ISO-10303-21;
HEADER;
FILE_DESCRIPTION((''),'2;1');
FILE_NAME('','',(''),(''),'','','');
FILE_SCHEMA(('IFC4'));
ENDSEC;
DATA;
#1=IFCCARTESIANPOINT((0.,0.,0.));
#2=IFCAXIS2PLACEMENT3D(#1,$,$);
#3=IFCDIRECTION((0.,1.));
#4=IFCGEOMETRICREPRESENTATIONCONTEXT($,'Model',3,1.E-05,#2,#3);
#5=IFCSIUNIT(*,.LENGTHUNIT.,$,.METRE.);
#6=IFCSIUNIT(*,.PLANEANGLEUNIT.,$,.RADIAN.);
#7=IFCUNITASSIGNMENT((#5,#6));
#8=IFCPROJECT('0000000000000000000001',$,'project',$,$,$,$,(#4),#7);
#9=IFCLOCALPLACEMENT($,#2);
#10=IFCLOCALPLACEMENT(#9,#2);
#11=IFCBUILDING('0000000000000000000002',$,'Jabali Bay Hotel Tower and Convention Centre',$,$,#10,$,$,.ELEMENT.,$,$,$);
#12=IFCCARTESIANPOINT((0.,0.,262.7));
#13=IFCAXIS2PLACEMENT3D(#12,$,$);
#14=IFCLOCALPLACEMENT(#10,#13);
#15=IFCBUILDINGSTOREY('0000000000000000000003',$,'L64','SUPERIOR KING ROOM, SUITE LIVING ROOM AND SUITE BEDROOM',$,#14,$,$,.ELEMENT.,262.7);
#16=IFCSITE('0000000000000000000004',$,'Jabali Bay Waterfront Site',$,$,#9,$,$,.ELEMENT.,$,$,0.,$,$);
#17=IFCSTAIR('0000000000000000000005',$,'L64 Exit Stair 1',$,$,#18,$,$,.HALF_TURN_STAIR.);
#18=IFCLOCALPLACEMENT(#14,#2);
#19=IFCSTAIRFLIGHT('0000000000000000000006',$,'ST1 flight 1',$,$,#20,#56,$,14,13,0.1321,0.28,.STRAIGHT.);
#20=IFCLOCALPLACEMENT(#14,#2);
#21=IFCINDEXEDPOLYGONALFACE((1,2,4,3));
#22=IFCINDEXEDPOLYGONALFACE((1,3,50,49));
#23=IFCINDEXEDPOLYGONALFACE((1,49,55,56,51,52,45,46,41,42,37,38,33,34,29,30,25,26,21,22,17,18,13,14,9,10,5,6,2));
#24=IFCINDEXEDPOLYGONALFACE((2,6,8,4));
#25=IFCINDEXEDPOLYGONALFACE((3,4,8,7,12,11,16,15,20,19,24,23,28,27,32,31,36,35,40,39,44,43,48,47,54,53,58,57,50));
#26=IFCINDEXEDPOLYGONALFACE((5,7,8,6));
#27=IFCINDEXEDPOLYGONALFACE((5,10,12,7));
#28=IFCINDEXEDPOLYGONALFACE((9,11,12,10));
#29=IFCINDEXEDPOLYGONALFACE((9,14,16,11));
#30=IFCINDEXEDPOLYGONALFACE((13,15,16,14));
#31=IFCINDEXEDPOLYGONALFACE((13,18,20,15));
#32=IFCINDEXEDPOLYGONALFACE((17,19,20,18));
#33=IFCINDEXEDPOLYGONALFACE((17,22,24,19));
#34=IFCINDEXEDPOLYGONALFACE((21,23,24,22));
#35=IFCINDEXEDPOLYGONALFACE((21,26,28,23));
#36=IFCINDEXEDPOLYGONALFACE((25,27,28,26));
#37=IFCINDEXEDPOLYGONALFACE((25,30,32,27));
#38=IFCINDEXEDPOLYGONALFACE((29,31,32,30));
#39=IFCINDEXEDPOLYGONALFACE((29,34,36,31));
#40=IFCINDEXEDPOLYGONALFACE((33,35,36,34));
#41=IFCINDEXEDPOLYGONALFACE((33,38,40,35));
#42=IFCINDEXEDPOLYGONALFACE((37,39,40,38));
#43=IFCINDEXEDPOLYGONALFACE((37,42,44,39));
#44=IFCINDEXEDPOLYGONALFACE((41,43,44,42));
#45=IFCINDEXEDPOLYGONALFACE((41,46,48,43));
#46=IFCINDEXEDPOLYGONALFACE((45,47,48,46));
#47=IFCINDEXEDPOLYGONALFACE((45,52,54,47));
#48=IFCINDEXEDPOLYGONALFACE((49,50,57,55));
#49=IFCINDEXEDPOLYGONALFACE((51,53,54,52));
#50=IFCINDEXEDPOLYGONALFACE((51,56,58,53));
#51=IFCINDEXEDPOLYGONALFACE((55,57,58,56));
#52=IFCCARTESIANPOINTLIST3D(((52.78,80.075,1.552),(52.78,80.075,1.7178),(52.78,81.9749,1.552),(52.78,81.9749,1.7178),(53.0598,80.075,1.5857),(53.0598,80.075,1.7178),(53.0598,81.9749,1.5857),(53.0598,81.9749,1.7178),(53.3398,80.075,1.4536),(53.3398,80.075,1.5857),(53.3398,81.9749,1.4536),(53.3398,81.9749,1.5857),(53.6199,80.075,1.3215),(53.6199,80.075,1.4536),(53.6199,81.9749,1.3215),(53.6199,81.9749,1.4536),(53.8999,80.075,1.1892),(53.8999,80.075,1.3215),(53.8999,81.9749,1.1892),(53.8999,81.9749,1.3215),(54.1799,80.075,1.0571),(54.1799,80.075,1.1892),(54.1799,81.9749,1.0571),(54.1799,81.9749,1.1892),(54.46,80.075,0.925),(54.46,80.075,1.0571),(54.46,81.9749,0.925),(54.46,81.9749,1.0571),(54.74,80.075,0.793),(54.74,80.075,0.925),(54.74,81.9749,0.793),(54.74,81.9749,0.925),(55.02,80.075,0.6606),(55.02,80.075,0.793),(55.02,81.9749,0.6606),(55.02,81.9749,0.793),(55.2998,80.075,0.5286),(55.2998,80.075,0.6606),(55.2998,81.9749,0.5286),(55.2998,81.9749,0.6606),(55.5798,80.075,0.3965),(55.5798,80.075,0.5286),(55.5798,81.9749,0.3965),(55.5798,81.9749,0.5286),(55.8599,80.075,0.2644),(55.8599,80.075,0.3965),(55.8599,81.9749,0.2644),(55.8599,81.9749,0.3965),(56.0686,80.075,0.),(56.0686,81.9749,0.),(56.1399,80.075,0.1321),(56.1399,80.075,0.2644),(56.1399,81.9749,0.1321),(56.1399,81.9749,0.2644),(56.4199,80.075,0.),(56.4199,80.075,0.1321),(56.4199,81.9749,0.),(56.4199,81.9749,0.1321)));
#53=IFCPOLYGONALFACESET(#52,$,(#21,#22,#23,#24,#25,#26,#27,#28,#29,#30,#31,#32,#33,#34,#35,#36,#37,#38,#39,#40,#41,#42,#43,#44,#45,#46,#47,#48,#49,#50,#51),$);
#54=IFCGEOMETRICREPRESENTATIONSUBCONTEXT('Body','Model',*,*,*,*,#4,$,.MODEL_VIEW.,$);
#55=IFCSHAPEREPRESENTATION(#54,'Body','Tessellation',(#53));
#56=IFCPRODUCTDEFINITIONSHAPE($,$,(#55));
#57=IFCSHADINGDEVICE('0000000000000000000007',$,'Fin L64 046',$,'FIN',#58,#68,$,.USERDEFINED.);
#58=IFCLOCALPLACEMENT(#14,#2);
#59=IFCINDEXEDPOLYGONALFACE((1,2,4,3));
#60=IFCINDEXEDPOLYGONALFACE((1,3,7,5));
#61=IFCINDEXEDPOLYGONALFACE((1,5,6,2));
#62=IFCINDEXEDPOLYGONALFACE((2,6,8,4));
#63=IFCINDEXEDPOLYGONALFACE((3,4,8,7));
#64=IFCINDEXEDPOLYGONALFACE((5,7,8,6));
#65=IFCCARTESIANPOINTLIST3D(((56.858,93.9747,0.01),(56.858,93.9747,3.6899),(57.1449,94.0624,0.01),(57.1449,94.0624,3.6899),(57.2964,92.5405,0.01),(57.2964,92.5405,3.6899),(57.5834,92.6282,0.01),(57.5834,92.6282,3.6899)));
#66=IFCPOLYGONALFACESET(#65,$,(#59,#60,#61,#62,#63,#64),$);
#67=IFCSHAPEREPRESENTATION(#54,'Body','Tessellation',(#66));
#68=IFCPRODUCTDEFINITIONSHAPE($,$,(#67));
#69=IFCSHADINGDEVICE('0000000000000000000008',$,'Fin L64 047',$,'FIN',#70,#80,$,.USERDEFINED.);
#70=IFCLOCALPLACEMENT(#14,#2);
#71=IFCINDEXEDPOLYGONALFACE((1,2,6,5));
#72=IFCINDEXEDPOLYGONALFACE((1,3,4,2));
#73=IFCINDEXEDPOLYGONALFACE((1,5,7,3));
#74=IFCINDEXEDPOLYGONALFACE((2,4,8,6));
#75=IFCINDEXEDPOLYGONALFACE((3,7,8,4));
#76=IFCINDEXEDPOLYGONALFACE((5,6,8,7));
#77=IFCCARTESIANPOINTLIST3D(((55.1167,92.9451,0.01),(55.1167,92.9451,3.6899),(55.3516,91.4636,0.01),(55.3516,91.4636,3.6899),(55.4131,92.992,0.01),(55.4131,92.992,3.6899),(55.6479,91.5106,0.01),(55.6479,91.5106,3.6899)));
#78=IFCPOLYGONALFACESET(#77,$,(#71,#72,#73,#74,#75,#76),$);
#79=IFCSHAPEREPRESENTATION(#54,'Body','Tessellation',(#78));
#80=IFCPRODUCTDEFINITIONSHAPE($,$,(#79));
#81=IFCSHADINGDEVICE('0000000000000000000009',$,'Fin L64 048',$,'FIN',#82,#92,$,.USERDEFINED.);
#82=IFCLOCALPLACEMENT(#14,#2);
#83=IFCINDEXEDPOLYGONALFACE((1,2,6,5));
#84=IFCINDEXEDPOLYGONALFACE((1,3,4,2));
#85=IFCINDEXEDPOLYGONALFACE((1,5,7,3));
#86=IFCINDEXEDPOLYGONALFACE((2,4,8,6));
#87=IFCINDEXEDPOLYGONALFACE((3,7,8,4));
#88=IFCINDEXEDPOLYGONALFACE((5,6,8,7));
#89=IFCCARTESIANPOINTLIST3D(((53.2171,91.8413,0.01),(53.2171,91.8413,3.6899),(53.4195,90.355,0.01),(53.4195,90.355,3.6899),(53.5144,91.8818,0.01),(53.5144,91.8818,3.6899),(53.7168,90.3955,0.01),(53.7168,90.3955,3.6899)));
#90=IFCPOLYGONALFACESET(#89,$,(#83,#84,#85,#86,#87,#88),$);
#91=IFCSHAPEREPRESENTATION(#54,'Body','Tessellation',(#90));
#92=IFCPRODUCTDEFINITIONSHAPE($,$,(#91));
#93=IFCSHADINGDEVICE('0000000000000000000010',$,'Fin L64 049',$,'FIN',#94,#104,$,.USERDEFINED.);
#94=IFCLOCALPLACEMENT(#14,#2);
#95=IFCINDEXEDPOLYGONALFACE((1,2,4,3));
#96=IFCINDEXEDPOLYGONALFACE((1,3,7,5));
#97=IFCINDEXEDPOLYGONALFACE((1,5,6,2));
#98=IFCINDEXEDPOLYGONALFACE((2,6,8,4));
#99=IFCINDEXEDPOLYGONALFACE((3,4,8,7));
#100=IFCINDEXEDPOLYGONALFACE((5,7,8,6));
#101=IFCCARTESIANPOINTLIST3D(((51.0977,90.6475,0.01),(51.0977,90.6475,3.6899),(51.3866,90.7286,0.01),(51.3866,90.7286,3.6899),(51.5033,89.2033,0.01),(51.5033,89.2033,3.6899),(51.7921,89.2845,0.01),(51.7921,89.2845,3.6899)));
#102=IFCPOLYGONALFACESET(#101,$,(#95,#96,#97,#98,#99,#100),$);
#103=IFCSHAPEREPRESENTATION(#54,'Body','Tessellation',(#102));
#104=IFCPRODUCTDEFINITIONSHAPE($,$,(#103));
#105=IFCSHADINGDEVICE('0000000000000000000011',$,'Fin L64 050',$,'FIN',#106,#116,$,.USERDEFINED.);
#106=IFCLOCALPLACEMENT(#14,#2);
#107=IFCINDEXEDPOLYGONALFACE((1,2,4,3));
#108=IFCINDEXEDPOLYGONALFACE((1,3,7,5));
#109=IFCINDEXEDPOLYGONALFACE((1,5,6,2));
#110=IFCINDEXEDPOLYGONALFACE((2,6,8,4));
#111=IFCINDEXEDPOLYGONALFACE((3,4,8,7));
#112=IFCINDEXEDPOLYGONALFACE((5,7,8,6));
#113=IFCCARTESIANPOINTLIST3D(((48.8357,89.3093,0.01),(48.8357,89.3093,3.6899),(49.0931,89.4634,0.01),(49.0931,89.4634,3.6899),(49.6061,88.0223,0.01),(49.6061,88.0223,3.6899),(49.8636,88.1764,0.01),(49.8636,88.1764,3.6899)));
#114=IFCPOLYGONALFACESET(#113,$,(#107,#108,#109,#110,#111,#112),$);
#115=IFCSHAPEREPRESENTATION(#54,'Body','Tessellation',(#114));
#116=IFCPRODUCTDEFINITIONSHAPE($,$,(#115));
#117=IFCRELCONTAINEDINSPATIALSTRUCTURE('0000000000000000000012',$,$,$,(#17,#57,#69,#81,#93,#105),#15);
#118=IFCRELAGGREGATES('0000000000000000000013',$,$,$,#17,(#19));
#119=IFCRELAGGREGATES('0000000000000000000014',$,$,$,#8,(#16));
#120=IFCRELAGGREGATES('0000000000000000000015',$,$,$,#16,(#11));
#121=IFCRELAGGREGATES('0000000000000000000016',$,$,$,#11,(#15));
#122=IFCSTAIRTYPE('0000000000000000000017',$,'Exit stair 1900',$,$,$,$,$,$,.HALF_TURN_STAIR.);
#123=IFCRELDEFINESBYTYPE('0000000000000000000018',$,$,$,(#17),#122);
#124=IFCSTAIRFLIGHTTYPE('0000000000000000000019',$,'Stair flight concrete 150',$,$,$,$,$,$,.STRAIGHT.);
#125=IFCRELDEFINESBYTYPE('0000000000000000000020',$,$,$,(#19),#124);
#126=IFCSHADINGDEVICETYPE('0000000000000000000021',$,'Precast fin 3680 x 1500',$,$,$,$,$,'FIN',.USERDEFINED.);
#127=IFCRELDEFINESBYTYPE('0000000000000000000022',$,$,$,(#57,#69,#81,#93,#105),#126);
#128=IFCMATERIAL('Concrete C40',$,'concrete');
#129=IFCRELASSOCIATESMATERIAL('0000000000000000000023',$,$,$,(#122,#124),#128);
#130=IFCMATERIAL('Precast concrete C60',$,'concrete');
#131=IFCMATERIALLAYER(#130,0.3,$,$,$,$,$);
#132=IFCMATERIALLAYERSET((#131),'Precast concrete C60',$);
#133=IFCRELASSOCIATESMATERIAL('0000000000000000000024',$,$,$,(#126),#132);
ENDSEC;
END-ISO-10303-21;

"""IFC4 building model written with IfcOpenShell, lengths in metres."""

from ifc_helpers import new_model, si_unit, direction, frame, frame_2d, origin, place, context, subcontext, project, spatial, polyline, rectangle, outline, extrude, material, layer, layer_set, type_object, element, aggregate, save


model = new_model("IFC4")

# Units and contexts
model_context = context("Model", 3, precision=1e-05, world=origin(), true_north=direction((0.0, 1.0)))
body_context = subcontext(model_context, "Body", "Model", "MODEL_VIEW")
ifc_project = project(units=[si_unit("LENGTHUNIT", "METRE"), si_unit("PLANEANGLEUNIT", "RADIAN")], contexts=[model_context])

# Site, building, storey
site_placement = place(None, origin())
site = spatial("IfcSite", under=ifc_project, at=site_placement, Name="Jabali Bay Waterfront Site", CompositionType="ELEMENT", RefElevation=0.0)
building_placement = place(site_placement, origin())
building = spatial("IfcBuilding", under=site, at=building_placement, Name="Jabali Bay Hotel Tower and Convention Centre", CompositionType="ELEMENT")
storey_placement = place(building_placement, frame((0.0, 0.0, 262.7)))
storey = spatial("IfcBuildingStorey", under=building, at=storey_placement, Name="L64", Description="SUPERIOR KING ROOM, SUITE LIVING ROOM AND SUITE BEDROOM", CompositionType="ELEMENT", Elevation=262.7)

# Shared definitions
ifc_material_1 = material(Name="Concrete C40", Category="concrete")

# Stair, stair flight
stair_type = type_object("IfcStairType", Name="Exit stair 1900", PredefinedType="HALF_TURN_STAIR", material=ifc_material_1)
stair_placement = place(storey_placement, origin())
stair = element("IfcStair", 1, at=stair_placement, inside=storey, type_object=stair_type, Name="L64 Exit Stair 1", PredefinedType="HALF_TURN_STAIR")
stair_flight_type = type_object("IfcStairFlightType", Name="Stair flight concrete 150", PredefinedType="STRAIGHT", material=ifc_material_1)
stair_flight_placement = place(storey_placement, frame((56.4199, 81.0249, 0.0), z_axis=(0.0, 0.0, 1.0), x_axis=(-1.0, 0.0, 0.0)))
stair_flight = element("IfcStairFlight", 2, at=stair_flight_placement, type_object=stair_flight_type, Name="ST1 flight 1", NumberOfRisers=14, NumberOfTreads=13, PredefinedType="STRAIGHT", RiserHeight=0.1321, TreadLength=0.28, context=body_context, shape_type="SweptSolid", body=[
    extrude(outline(polyline([(0.0, 0.0), (0.0, 0.1321), (0.28, 0.1321), (0.28, 0.2644), (0.5601, 0.2644), (0.5601, 0.3965), (0.8401, 0.3965), (0.8401, 0.5286), (1.1201, 0.5286), (1.1201, 0.6606), (1.3999, 0.6606), (1.3999, 0.793), (1.6799, 0.793), (1.6799, 0.925), (1.96, 0.925), (1.96, 1.0571), (2.24, 1.0571), (2.24, 1.1892), (2.52, 1.1892), (2.52, 1.3215), (2.8, 1.3215), (2.8, 1.4536), (3.0801, 1.4536), (3.0801, 1.5857), (3.3601, 1.5857), (3.3601, 1.7178), (3.6399, 1.7178), (3.6399, 1.8501), (3.6399, 1.552), (0.3513, 0.0), (0.0, 0.0)])), frame((0.0, 0.95, 0.0), z_axis=(0.0, -1.0, 0.0), x_axis=(1.0, 0.0, 0.0)), (0.0, 0.0, 1.0), 1.8999),
])
aggregate(stair, [stair_flight])

# Shading devices
ifc_material_2 = material(Name="Precast concrete C60", Category="concrete")
ifc_layer_1 = layer(ifc_material_2, 0.3)
ifc_layer_set_1 = layer_set([ifc_layer_1], Name="Precast concrete C60")
shading_device_type = type_object("IfcShadingDeviceType", Name="Precast fin 3680 x 1500", ElementType="FIN", PredefinedType="USERDEFINED", material=ifc_layer_set_1)
shading_device_placement = place(storey_placement, frame((57.4399, 92.5842, 0.01), z_axis=(0.0, 0.0, 1.0), x_axis=(-0.292347, 0.956312, 0.0)))
element("IfcShadingDevice", 3, at=shading_device_placement, inside=storey, type_object=shading_device_type, Name="Fin L64 046", ObjectType="FIN", PredefinedType="USERDEFINED", context=body_context, shape_type="SweptSolid", body=[
    extrude(rectangle(XDim=1.4998, YDim=0.3, at=frame_2d((0.75, 0.0))), origin(), (0.0, 0.0, 1.0), 3.6799),
])
for number, where, z_axis, x_axis, name in (
    (4, (55.4998, 91.4871, 0.01), (0.0, 0.0, 1.0), (-0.156581, 0.987665, 0.0), "Fin L64 047"),
    (5, (53.5681, 90.3752, 0.01), (0.0, 0.0, 1.0), (-0.134924, 0.990856, 0.0), "Fin L64 048"),
    (6, (51.6477, 89.2439, 0.01), (0.0, 0.0, 1.0), (-0.270354, 0.962761, 0.0), "Fin L64 049"),
    (7, (49.7349, 88.0994, 0.01), (0.0, 0.0, 1.0), (-0.513634, 0.858009, 0.0), "Fin L64 050"),
):
    element("IfcShadingDevice", number, at=place(storey_placement, frame(where, z_axis=z_axis, x_axis=x_axis)), inside=storey, type_object=shading_device_type, Name=name, ObjectType="FIN", PredefinedType="USERDEFINED", context=body_context, shape_type="SweptSolid", body=[
        extrude(rectangle(XDim=1.5, YDim=0.3, at=frame_2d((0.75, 0.0))), origin(), (0.0, 0.0, 1.0), 3.6799),
    ])

save(model, "model.ifc")
